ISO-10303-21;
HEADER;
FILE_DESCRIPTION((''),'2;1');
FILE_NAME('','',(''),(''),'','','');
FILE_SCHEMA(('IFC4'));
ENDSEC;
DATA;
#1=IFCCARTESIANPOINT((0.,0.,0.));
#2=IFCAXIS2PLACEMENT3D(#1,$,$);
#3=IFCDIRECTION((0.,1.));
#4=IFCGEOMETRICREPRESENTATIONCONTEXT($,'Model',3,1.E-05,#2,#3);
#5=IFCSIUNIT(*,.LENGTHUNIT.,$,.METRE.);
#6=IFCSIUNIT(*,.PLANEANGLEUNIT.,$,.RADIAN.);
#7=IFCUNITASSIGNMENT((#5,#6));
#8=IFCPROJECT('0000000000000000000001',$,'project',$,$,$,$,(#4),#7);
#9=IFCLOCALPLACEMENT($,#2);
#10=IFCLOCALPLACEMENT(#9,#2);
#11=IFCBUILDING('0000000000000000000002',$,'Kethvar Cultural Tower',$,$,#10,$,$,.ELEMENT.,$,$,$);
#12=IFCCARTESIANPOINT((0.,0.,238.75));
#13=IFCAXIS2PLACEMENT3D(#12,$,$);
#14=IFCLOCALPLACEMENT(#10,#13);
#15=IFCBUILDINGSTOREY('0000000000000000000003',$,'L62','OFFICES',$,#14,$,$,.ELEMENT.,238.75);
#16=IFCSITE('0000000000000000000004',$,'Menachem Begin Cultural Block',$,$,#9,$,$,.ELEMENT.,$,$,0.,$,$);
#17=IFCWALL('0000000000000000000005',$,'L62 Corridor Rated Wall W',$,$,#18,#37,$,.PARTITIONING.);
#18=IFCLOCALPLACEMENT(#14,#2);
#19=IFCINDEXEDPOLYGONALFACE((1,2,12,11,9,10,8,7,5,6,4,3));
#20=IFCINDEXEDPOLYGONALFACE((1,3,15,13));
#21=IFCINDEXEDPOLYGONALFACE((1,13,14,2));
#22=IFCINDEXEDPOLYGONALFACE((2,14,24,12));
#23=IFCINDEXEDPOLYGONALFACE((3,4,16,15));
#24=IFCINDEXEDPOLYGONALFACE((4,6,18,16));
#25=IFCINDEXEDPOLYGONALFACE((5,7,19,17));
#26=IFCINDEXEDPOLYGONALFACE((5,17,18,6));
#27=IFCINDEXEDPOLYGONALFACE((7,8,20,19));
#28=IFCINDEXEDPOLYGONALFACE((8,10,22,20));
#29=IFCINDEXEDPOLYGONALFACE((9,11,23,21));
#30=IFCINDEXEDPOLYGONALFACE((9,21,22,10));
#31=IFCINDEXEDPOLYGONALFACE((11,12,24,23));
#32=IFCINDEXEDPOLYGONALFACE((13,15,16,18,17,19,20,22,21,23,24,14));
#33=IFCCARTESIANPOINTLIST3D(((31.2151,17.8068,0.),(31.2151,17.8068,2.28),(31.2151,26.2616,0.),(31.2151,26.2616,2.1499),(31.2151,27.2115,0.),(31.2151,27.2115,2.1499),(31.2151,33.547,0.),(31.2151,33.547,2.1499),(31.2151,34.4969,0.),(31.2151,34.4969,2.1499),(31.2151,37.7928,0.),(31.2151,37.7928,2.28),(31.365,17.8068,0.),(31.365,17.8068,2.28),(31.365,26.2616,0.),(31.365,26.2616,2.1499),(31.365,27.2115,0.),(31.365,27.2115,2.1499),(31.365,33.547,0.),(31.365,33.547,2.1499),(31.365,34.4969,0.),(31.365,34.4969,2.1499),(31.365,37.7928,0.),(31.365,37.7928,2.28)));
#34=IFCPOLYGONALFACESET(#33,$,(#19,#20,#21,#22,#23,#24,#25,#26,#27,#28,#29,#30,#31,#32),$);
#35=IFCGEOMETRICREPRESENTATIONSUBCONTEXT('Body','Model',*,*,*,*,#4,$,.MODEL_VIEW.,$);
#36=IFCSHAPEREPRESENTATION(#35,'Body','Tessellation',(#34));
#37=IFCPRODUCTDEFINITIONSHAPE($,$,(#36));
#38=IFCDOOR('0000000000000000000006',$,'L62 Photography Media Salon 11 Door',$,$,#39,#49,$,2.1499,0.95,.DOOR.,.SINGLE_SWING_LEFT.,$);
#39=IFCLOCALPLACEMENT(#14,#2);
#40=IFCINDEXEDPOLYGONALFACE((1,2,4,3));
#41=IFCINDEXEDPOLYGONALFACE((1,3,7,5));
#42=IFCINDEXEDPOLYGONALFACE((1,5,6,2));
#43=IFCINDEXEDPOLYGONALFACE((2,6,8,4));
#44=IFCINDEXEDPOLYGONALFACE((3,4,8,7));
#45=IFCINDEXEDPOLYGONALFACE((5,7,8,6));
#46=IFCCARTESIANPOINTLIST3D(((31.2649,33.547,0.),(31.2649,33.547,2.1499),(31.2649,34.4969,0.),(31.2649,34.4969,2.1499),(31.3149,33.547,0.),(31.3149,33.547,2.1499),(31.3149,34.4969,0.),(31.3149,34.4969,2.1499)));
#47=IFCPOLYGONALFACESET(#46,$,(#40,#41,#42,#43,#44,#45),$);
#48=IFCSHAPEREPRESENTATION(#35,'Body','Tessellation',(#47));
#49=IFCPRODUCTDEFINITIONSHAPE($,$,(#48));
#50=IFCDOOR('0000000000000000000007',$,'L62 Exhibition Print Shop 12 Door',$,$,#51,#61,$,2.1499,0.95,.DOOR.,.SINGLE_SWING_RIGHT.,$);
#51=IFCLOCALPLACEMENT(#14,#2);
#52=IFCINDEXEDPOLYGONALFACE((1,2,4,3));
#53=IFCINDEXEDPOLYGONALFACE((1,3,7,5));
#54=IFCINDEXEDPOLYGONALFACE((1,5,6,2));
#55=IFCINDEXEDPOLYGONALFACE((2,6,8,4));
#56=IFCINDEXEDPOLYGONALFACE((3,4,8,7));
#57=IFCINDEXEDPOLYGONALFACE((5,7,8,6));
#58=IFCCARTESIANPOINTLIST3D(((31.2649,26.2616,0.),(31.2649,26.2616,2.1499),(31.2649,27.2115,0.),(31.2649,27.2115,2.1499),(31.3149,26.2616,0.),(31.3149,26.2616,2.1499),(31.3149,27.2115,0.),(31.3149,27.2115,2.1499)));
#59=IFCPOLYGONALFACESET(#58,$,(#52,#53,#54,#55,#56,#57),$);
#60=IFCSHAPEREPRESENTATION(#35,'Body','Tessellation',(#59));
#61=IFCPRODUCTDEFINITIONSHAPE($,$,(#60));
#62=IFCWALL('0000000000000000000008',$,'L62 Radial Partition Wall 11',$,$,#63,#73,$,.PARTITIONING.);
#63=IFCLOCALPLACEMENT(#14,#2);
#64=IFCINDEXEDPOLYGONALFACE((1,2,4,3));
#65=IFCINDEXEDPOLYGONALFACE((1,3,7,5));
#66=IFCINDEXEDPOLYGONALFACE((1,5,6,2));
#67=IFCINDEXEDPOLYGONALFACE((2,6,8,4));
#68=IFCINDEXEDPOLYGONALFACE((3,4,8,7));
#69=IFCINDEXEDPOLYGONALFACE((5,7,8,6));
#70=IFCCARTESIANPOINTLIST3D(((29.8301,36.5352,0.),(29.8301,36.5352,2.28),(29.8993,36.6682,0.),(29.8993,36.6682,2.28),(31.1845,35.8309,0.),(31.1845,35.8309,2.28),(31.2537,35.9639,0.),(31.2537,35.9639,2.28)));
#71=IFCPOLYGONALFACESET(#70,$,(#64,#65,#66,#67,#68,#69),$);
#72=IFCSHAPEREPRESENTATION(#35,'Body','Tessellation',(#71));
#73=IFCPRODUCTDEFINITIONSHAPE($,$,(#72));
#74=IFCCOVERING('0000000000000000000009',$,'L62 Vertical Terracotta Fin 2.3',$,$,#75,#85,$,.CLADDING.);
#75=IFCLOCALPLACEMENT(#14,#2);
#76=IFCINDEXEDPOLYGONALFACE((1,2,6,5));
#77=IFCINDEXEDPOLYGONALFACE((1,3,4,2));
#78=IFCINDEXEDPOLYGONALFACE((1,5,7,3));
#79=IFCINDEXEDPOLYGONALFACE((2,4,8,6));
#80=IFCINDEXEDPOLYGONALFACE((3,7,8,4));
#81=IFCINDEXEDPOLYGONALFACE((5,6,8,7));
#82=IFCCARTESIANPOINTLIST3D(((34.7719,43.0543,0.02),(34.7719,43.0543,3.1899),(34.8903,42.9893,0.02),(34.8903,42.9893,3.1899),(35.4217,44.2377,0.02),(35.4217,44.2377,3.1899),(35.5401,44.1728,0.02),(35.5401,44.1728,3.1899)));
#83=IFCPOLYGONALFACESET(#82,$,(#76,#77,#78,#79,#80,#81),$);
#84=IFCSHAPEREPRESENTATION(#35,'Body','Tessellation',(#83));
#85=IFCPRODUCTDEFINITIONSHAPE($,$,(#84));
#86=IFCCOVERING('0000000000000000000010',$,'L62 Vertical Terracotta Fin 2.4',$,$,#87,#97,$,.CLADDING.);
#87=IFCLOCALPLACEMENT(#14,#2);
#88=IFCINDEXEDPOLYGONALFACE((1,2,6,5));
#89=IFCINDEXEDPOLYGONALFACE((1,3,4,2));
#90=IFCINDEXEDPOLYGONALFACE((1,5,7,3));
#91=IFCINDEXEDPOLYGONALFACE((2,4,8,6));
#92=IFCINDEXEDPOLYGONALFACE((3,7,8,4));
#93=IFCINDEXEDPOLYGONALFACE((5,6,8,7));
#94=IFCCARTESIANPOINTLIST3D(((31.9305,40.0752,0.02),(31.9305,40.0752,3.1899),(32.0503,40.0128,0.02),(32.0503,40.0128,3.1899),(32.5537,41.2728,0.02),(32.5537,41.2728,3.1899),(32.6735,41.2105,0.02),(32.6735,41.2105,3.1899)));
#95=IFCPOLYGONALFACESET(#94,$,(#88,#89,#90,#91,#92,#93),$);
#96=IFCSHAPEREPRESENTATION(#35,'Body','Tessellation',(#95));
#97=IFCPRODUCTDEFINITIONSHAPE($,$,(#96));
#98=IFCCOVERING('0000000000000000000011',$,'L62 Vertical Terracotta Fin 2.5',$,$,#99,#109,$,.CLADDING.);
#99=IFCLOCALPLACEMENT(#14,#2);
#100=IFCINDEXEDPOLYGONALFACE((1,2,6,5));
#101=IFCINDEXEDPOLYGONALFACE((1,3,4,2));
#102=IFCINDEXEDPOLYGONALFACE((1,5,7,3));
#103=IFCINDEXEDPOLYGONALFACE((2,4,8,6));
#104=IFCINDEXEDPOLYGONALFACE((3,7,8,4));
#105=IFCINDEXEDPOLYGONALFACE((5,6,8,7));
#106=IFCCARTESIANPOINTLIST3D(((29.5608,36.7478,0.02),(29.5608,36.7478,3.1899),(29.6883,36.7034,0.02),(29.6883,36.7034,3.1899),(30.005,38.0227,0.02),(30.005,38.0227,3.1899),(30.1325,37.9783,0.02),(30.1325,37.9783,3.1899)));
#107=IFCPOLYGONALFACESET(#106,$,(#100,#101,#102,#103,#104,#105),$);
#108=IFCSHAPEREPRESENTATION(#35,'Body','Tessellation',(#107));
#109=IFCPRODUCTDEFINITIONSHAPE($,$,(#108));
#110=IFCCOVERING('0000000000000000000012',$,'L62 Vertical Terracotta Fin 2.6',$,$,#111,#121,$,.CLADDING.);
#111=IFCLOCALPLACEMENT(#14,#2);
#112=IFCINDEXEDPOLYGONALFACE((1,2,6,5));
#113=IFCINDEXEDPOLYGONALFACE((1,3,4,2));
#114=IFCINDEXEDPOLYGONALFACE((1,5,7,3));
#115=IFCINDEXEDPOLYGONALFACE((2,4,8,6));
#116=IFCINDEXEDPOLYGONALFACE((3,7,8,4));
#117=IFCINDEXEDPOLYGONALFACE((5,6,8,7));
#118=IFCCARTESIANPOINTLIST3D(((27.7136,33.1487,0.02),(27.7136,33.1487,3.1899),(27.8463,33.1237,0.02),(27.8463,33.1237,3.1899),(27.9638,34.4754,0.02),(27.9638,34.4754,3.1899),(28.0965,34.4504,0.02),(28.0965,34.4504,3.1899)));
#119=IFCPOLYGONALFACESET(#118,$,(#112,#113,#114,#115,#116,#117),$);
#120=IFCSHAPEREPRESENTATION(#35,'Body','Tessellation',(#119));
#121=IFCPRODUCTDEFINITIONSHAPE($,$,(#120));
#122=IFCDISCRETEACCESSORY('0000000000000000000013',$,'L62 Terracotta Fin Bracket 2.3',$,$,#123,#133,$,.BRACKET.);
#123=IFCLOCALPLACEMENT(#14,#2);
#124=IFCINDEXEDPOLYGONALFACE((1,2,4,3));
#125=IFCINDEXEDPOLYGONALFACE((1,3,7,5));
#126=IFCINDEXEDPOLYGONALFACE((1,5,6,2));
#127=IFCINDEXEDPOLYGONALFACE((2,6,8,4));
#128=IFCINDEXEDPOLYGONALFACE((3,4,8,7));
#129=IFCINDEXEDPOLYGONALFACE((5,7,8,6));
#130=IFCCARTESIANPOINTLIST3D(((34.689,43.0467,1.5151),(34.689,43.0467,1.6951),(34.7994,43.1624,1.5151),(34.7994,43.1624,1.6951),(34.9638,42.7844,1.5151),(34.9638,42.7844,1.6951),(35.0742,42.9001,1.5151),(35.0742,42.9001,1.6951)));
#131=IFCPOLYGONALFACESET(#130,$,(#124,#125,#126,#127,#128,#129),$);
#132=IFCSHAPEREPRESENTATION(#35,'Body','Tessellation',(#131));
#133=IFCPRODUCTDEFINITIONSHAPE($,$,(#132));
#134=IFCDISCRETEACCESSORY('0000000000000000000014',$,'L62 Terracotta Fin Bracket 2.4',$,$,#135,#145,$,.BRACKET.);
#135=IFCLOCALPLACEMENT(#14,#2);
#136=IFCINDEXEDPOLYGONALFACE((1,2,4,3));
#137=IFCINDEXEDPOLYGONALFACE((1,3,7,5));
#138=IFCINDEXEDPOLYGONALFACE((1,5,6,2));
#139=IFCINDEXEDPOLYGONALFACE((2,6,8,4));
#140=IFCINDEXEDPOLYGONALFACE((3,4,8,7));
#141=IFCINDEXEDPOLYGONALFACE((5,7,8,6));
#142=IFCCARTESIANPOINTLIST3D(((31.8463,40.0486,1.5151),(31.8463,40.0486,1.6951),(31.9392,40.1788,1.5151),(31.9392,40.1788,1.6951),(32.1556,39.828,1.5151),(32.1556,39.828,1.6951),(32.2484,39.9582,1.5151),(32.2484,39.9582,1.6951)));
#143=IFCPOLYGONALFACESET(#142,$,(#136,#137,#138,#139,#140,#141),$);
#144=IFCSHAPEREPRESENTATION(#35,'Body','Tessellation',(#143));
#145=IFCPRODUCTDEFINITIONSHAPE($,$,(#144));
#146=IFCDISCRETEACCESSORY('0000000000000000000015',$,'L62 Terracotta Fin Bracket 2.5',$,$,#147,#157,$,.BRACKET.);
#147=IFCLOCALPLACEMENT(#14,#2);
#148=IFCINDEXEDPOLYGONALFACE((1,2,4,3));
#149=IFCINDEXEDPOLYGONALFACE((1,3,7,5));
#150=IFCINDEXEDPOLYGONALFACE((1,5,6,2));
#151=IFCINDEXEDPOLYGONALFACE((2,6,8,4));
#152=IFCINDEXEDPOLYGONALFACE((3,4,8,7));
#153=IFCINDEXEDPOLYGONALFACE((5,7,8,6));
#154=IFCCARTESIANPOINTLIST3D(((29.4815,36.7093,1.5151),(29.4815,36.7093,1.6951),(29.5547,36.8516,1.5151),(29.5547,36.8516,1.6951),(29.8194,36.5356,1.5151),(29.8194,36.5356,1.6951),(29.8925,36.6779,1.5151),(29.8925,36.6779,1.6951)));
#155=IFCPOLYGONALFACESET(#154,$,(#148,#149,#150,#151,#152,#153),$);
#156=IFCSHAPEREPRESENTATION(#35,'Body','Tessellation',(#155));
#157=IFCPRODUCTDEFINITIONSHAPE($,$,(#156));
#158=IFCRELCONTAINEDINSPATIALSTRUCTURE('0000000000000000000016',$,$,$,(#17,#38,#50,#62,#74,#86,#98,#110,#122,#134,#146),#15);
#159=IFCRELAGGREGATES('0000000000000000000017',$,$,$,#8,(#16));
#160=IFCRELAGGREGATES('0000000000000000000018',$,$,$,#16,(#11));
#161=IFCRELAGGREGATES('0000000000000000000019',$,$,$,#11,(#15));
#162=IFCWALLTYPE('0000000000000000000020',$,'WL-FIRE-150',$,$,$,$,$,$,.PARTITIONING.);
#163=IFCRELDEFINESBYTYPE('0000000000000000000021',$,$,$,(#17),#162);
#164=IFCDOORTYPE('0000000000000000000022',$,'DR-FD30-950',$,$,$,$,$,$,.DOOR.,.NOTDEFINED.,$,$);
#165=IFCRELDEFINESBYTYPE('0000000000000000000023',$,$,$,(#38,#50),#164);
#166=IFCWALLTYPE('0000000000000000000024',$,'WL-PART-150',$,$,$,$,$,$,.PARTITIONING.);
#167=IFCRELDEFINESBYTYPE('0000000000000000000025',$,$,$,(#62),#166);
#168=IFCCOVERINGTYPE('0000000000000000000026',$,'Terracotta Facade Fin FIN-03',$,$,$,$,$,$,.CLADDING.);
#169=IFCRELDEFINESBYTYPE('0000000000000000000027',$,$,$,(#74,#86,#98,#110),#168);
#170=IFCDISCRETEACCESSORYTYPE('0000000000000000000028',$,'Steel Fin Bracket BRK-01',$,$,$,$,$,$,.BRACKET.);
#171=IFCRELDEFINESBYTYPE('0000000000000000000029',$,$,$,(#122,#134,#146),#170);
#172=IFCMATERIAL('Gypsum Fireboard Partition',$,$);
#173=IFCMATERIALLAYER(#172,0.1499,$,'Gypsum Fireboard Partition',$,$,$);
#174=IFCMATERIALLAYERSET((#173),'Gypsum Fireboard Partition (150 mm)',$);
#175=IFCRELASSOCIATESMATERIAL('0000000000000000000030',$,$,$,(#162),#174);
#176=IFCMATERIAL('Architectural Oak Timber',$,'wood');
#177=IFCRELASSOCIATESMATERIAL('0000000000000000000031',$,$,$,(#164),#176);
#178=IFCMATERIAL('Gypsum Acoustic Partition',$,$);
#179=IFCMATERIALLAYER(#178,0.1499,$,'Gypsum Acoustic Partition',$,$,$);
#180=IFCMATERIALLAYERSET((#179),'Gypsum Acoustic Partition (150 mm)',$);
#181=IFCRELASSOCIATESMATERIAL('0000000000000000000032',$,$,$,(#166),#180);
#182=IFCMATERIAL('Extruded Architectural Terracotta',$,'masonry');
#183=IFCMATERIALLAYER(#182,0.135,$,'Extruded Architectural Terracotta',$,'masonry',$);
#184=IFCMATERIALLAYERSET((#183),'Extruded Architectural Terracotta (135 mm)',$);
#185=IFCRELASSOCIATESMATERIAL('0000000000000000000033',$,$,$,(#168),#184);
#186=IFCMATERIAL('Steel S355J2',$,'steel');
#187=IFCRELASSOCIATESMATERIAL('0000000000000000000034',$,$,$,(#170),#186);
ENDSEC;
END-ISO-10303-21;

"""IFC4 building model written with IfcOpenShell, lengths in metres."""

from ifc_helpers import new_model, si_unit, direction, frame, frame_2d, origin, origin_2d, place, context, subcontext, project, spatial, rectangle, extrude, source, transform, mapped, material, layer, layer_set, type_object, element, fill, save


model = new_model("IFC4")

# Units and contexts
model_context = context("Model", 3, precision=1e-05, world=origin(), true_north=direction((0.0, 1.0)))
body_context = subcontext(model_context, "Body", "Model", "MODEL_VIEW")
ifc_project = project(units=[si_unit("LENGTHUNIT", "METRE"), si_unit("PLANEANGLEUNIT", "RADIAN")], contexts=[model_context])

# Site, building, storey
site_placement = place(None, origin())
site = spatial("IfcSite", under=ifc_project, at=site_placement, Name="Menachem Begin Cultural Block", CompositionType="ELEMENT", RefElevation=0.0)
building_placement = place(site_placement, origin())
building = spatial("IfcBuilding", under=site, at=building_placement, Name="Kethvar Cultural Tower", CompositionType="ELEMENT")
storey_placement = place(building_placement, frame((0.0, 0.0, 238.75)))
storey = spatial("IfcBuildingStorey", under=building, at=storey_placement, Name="L62", Description="OFFICES", CompositionType="ELEMENT", Elevation=238.75)

# Shared definitions
ifc_material_1 = material(Name="Steel S355J2", Category="steel")

# Wall, openings, doors
ifc_material_2 = material(Name="Gypsum Fireboard Partition")
ifc_layer_1 = layer(ifc_material_2, 0.1499, Name="Gypsum Fireboard Partition")
ifc_layer_set_1 = layer_set([ifc_layer_1], Name="Gypsum Fireboard Partition (150 mm)")
wall_type_1 = type_object("IfcWallType", Name="WL-FIRE-150", PredefinedType="PARTITIONING", material=ifc_layer_set_1)
wall_1_placement = place(storey_placement, frame((31.29, 37.793, 0.0), z_axis=(0.0, 0.0, 1.0), x_axis=(0.0, -1.0, 0.0)))
wall_1 = element("IfcWall", 1, at=wall_1_placement, inside=storey, type_object=wall_type_1, Name="L62 Corridor Rated Wall W", PredefinedType="PARTITIONING", context=body_context, shape_type="SweptSolid", body=[
    extrude(rectangle(XDim=19.9861, YDim=0.1499, at=frame_2d((9.9932, 0.0))), origin(), (0.0, 0.0, 1.0), 2.28),
])
opening_1_placement = place(wall_1_placement, frame((3.2959, 0.0, 0.0)))
opening_1 = element("IfcOpeningElement", 2, at=opening_1_placement, cuts=wall_1, PredefinedType="OPENING", context=body_context, shape_type="SweptSolid", body=[
    extrude(rectangle(XDim=0.95, YDim=2.1499, at=frame_2d((0.4751, 1.075))), frame((0.0, 0.085, 0.0), z_axis=(0.0, -1.0, 0.0), x_axis=(1.0, 0.0, 0.0)), (0.0, 0.0, 1.0), 0.1699),
])
opening_2_placement = place(wall_1_placement, frame((10.5813, 0.0, 0.0)))
opening_2 = element("IfcOpeningElement", 3, at=opening_2_placement, cuts=wall_1, PredefinedType="OPENING", context=body_context, shape_type="SweptSolid", body=[
    extrude(rectangle(XDim=0.95, YDim=2.1499, at=frame_2d((0.4751, 1.075))), frame((0.0, 0.085, 0.0), z_axis=(0.0, -1.0, 0.0), x_axis=(1.0, 0.0, 0.0)), (0.0, 0.0, 1.0), 0.1699),
])
ifc_material_3 = material(Name="Architectural Oak Timber", Category="wood")
door_type = type_object("IfcDoorType", Name="DR-FD30-950", OperationType="NOTDEFINED", PredefinedType="DOOR", material=ifc_material_3)
shared_shape_1 = source(origin(), body_context, "Body", "SweptSolid", [
    extrude(rectangle(XDim=0.95, YDim=2.1499, at=frame_2d((0.4751, 1.075))), frame((0.0, 0.0249, 0.0), z_axis=(0.0, -1.0, 0.0), x_axis=(1.0, 0.0, 0.0)), (0.0, 0.0, 1.0), 0.05),
])
door_1_placement = place(opening_1_placement, origin())
door_1 = element("IfcDoor", 4, at=door_1_placement, inside=storey, type_object=door_type, Name="L62 Photography Media Salon 11 Door", OperationType="SINGLE_SWING_LEFT", OverallHeight=2.1499, OverallWidth=0.95, PredefinedType="DOOR", context=body_context, shape_type="MappedRepresentation", body=[
    mapped(shared_shape_1, transform((0.0, 0.0, 0.0), scale=1.0)),
])
fill(opening_1, door_1)
door_2_placement = place(opening_2_placement, origin())
door_2 = element("IfcDoor", 5, at=door_2_placement, inside=storey, type_object=door_type, Name="L62 Exhibition Print Shop 12 Door", OperationType="SINGLE_SWING_RIGHT", OverallHeight=2.1499, OverallWidth=0.95, PredefinedType="DOOR", context=body_context, shape_type="MappedRepresentation", body=[
    mapped(shared_shape_1, transform((0.0, 0.0, 0.0), scale=1.0)),
])
fill(opening_2, door_2)

# Wall
ifc_material_4 = material(Name="Gypsum Acoustic Partition")
ifc_layer_2 = layer(ifc_material_4, 0.1499, Name="Gypsum Acoustic Partition")
ifc_layer_set_2 = layer_set([ifc_layer_2], Name="Gypsum Acoustic Partition (150 mm)")
wall_type_2 = type_object("IfcWallType", Name="WL-PART-150", PredefinedType="PARTITIONING", material=ifc_layer_set_2)
wall_2_placement = place(storey_placement, frame((31.219, 35.8975, 0.0), z_axis=(0.0, 0.0, 1.0), x_axis=(-0.887214, 0.461358, 0.0)))
element("IfcWall", 6, at=wall_2_placement, inside=storey, type_object=wall_type_2, Name="L62 Radial Partition Wall 11", PredefinedType="PARTITIONING", context=body_context, shape_type="SweptSolid", body=[
    extrude(rectangle(XDim=1.5266, YDim=0.1499, at=frame_2d((0.7632, 0.0))), origin(), (0.0, 0.0, 1.0), 2.28),
])

# Coverings
ifc_material_5 = material(Name="Extruded Architectural Terracotta", Category="masonry")
ifc_layer_3 = layer(ifc_material_5, 0.135, Name="Extruded Architectural Terracotta", Category="masonry")
ifc_layer_set_3 = layer_set([ifc_layer_3], Name="Extruded Architectural Terracotta (135 mm)")
covering_type = type_object("IfcCoveringType", Name="Terracotta Facade Fin FIN-03", PredefinedType="CLADDING", material=ifc_layer_set_3)
shared_shape_2 = source(origin(), body_context, "Body", "SweptSolid", [
    extrude(rectangle(XDim=1.3501, YDim=0.135, at=origin_2d()), origin(), (0.0, 0.0, 1.0), 3.1699),
])
for number, where, z_axis, x_axis, name in (
    (7, (35.156, 43.6135, 0.02), (0.0, 0.0, 1.0), (0.481295, 0.876559, 0.0), "L62 Vertical Terracotta Fin 2.3"),
    (8, (32.302, 40.6428, 0.02), (0.0, 0.0, 1.0), (0.461594, 0.887091, 0.0), "L62 Vertical Terracotta Fin 2.4"),
    (9, (29.8467, 37.363, 0.02), (0.0, 0.0, 1.0), (0.329031, 0.944319, 0.0), "L62 Vertical Terracotta Fin 2.5"),
    (10, (27.905, 33.7996, 0.02), (0.0, 0.0, 1.0), (0.185324, 0.982678, 0.0), "L62 Vertical Terracotta Fin 2.6"),
):
    element("IfcCovering", number, at=place(storey_placement, frame(where, z_axis=z_axis, x_axis=x_axis)), inside=storey, type_object=covering_type, Name=name, PredefinedType="CLADDING", context=body_context, shape_type="MappedRepresentation", body=[
        mapped(shared_shape_2, transform((0.0, 0.0, 0.0), scale=1.0)),
    ])

# Discrete accessories
discrete_accessory_type = type_object("IfcDiscreteAccessoryType", Name="Steel Fin Bracket BRK-01", PredefinedType="BRACKET", material=ifc_material_1)
shared_shape_3 = source(origin(), body_context, "Body", "SweptSolid", [
    extrude(rectangle(XDim=0.3799, YDim=0.1599, at=origin_2d()), origin(), (0.0, 0.0, 1.0), 0.1799),
])
for number, where, z_axis, x_axis, name in (
    (11, (34.8816, 42.9734, 1.5151), (0.0, 0.0, 1.0), (-0.723449, 0.690378, 0.0), "L62 Terracotta Fin Bracket 2.3"),
    (12, (32.0474, 40.0034, 1.5151), (0.0, 0.0, 1.0), (-0.814116, 0.580703, 0.0), "L62 Terracotta Fin Bracket 2.4"),
    (13, (29.687, 36.6936, 1.5151), (0.0, 0.0, 1.0), (-0.889337, 0.457253, 0.0), "L62 Terracotta Fin Bracket 2.5"),
):
    element("IfcDiscreteAccessory", number, at=place(storey_placement, frame(where, z_axis=z_axis, x_axis=x_axis)), inside=storey, type_object=discrete_accessory_type, Name=name, PredefinedType="BRACKET", context=body_context, shape_type="MappedRepresentation", body=[
        mapped(shared_shape_3, transform((0.0, 0.0, 0.0), scale=1.0)),
    ])

save(model, "model.ifc")
